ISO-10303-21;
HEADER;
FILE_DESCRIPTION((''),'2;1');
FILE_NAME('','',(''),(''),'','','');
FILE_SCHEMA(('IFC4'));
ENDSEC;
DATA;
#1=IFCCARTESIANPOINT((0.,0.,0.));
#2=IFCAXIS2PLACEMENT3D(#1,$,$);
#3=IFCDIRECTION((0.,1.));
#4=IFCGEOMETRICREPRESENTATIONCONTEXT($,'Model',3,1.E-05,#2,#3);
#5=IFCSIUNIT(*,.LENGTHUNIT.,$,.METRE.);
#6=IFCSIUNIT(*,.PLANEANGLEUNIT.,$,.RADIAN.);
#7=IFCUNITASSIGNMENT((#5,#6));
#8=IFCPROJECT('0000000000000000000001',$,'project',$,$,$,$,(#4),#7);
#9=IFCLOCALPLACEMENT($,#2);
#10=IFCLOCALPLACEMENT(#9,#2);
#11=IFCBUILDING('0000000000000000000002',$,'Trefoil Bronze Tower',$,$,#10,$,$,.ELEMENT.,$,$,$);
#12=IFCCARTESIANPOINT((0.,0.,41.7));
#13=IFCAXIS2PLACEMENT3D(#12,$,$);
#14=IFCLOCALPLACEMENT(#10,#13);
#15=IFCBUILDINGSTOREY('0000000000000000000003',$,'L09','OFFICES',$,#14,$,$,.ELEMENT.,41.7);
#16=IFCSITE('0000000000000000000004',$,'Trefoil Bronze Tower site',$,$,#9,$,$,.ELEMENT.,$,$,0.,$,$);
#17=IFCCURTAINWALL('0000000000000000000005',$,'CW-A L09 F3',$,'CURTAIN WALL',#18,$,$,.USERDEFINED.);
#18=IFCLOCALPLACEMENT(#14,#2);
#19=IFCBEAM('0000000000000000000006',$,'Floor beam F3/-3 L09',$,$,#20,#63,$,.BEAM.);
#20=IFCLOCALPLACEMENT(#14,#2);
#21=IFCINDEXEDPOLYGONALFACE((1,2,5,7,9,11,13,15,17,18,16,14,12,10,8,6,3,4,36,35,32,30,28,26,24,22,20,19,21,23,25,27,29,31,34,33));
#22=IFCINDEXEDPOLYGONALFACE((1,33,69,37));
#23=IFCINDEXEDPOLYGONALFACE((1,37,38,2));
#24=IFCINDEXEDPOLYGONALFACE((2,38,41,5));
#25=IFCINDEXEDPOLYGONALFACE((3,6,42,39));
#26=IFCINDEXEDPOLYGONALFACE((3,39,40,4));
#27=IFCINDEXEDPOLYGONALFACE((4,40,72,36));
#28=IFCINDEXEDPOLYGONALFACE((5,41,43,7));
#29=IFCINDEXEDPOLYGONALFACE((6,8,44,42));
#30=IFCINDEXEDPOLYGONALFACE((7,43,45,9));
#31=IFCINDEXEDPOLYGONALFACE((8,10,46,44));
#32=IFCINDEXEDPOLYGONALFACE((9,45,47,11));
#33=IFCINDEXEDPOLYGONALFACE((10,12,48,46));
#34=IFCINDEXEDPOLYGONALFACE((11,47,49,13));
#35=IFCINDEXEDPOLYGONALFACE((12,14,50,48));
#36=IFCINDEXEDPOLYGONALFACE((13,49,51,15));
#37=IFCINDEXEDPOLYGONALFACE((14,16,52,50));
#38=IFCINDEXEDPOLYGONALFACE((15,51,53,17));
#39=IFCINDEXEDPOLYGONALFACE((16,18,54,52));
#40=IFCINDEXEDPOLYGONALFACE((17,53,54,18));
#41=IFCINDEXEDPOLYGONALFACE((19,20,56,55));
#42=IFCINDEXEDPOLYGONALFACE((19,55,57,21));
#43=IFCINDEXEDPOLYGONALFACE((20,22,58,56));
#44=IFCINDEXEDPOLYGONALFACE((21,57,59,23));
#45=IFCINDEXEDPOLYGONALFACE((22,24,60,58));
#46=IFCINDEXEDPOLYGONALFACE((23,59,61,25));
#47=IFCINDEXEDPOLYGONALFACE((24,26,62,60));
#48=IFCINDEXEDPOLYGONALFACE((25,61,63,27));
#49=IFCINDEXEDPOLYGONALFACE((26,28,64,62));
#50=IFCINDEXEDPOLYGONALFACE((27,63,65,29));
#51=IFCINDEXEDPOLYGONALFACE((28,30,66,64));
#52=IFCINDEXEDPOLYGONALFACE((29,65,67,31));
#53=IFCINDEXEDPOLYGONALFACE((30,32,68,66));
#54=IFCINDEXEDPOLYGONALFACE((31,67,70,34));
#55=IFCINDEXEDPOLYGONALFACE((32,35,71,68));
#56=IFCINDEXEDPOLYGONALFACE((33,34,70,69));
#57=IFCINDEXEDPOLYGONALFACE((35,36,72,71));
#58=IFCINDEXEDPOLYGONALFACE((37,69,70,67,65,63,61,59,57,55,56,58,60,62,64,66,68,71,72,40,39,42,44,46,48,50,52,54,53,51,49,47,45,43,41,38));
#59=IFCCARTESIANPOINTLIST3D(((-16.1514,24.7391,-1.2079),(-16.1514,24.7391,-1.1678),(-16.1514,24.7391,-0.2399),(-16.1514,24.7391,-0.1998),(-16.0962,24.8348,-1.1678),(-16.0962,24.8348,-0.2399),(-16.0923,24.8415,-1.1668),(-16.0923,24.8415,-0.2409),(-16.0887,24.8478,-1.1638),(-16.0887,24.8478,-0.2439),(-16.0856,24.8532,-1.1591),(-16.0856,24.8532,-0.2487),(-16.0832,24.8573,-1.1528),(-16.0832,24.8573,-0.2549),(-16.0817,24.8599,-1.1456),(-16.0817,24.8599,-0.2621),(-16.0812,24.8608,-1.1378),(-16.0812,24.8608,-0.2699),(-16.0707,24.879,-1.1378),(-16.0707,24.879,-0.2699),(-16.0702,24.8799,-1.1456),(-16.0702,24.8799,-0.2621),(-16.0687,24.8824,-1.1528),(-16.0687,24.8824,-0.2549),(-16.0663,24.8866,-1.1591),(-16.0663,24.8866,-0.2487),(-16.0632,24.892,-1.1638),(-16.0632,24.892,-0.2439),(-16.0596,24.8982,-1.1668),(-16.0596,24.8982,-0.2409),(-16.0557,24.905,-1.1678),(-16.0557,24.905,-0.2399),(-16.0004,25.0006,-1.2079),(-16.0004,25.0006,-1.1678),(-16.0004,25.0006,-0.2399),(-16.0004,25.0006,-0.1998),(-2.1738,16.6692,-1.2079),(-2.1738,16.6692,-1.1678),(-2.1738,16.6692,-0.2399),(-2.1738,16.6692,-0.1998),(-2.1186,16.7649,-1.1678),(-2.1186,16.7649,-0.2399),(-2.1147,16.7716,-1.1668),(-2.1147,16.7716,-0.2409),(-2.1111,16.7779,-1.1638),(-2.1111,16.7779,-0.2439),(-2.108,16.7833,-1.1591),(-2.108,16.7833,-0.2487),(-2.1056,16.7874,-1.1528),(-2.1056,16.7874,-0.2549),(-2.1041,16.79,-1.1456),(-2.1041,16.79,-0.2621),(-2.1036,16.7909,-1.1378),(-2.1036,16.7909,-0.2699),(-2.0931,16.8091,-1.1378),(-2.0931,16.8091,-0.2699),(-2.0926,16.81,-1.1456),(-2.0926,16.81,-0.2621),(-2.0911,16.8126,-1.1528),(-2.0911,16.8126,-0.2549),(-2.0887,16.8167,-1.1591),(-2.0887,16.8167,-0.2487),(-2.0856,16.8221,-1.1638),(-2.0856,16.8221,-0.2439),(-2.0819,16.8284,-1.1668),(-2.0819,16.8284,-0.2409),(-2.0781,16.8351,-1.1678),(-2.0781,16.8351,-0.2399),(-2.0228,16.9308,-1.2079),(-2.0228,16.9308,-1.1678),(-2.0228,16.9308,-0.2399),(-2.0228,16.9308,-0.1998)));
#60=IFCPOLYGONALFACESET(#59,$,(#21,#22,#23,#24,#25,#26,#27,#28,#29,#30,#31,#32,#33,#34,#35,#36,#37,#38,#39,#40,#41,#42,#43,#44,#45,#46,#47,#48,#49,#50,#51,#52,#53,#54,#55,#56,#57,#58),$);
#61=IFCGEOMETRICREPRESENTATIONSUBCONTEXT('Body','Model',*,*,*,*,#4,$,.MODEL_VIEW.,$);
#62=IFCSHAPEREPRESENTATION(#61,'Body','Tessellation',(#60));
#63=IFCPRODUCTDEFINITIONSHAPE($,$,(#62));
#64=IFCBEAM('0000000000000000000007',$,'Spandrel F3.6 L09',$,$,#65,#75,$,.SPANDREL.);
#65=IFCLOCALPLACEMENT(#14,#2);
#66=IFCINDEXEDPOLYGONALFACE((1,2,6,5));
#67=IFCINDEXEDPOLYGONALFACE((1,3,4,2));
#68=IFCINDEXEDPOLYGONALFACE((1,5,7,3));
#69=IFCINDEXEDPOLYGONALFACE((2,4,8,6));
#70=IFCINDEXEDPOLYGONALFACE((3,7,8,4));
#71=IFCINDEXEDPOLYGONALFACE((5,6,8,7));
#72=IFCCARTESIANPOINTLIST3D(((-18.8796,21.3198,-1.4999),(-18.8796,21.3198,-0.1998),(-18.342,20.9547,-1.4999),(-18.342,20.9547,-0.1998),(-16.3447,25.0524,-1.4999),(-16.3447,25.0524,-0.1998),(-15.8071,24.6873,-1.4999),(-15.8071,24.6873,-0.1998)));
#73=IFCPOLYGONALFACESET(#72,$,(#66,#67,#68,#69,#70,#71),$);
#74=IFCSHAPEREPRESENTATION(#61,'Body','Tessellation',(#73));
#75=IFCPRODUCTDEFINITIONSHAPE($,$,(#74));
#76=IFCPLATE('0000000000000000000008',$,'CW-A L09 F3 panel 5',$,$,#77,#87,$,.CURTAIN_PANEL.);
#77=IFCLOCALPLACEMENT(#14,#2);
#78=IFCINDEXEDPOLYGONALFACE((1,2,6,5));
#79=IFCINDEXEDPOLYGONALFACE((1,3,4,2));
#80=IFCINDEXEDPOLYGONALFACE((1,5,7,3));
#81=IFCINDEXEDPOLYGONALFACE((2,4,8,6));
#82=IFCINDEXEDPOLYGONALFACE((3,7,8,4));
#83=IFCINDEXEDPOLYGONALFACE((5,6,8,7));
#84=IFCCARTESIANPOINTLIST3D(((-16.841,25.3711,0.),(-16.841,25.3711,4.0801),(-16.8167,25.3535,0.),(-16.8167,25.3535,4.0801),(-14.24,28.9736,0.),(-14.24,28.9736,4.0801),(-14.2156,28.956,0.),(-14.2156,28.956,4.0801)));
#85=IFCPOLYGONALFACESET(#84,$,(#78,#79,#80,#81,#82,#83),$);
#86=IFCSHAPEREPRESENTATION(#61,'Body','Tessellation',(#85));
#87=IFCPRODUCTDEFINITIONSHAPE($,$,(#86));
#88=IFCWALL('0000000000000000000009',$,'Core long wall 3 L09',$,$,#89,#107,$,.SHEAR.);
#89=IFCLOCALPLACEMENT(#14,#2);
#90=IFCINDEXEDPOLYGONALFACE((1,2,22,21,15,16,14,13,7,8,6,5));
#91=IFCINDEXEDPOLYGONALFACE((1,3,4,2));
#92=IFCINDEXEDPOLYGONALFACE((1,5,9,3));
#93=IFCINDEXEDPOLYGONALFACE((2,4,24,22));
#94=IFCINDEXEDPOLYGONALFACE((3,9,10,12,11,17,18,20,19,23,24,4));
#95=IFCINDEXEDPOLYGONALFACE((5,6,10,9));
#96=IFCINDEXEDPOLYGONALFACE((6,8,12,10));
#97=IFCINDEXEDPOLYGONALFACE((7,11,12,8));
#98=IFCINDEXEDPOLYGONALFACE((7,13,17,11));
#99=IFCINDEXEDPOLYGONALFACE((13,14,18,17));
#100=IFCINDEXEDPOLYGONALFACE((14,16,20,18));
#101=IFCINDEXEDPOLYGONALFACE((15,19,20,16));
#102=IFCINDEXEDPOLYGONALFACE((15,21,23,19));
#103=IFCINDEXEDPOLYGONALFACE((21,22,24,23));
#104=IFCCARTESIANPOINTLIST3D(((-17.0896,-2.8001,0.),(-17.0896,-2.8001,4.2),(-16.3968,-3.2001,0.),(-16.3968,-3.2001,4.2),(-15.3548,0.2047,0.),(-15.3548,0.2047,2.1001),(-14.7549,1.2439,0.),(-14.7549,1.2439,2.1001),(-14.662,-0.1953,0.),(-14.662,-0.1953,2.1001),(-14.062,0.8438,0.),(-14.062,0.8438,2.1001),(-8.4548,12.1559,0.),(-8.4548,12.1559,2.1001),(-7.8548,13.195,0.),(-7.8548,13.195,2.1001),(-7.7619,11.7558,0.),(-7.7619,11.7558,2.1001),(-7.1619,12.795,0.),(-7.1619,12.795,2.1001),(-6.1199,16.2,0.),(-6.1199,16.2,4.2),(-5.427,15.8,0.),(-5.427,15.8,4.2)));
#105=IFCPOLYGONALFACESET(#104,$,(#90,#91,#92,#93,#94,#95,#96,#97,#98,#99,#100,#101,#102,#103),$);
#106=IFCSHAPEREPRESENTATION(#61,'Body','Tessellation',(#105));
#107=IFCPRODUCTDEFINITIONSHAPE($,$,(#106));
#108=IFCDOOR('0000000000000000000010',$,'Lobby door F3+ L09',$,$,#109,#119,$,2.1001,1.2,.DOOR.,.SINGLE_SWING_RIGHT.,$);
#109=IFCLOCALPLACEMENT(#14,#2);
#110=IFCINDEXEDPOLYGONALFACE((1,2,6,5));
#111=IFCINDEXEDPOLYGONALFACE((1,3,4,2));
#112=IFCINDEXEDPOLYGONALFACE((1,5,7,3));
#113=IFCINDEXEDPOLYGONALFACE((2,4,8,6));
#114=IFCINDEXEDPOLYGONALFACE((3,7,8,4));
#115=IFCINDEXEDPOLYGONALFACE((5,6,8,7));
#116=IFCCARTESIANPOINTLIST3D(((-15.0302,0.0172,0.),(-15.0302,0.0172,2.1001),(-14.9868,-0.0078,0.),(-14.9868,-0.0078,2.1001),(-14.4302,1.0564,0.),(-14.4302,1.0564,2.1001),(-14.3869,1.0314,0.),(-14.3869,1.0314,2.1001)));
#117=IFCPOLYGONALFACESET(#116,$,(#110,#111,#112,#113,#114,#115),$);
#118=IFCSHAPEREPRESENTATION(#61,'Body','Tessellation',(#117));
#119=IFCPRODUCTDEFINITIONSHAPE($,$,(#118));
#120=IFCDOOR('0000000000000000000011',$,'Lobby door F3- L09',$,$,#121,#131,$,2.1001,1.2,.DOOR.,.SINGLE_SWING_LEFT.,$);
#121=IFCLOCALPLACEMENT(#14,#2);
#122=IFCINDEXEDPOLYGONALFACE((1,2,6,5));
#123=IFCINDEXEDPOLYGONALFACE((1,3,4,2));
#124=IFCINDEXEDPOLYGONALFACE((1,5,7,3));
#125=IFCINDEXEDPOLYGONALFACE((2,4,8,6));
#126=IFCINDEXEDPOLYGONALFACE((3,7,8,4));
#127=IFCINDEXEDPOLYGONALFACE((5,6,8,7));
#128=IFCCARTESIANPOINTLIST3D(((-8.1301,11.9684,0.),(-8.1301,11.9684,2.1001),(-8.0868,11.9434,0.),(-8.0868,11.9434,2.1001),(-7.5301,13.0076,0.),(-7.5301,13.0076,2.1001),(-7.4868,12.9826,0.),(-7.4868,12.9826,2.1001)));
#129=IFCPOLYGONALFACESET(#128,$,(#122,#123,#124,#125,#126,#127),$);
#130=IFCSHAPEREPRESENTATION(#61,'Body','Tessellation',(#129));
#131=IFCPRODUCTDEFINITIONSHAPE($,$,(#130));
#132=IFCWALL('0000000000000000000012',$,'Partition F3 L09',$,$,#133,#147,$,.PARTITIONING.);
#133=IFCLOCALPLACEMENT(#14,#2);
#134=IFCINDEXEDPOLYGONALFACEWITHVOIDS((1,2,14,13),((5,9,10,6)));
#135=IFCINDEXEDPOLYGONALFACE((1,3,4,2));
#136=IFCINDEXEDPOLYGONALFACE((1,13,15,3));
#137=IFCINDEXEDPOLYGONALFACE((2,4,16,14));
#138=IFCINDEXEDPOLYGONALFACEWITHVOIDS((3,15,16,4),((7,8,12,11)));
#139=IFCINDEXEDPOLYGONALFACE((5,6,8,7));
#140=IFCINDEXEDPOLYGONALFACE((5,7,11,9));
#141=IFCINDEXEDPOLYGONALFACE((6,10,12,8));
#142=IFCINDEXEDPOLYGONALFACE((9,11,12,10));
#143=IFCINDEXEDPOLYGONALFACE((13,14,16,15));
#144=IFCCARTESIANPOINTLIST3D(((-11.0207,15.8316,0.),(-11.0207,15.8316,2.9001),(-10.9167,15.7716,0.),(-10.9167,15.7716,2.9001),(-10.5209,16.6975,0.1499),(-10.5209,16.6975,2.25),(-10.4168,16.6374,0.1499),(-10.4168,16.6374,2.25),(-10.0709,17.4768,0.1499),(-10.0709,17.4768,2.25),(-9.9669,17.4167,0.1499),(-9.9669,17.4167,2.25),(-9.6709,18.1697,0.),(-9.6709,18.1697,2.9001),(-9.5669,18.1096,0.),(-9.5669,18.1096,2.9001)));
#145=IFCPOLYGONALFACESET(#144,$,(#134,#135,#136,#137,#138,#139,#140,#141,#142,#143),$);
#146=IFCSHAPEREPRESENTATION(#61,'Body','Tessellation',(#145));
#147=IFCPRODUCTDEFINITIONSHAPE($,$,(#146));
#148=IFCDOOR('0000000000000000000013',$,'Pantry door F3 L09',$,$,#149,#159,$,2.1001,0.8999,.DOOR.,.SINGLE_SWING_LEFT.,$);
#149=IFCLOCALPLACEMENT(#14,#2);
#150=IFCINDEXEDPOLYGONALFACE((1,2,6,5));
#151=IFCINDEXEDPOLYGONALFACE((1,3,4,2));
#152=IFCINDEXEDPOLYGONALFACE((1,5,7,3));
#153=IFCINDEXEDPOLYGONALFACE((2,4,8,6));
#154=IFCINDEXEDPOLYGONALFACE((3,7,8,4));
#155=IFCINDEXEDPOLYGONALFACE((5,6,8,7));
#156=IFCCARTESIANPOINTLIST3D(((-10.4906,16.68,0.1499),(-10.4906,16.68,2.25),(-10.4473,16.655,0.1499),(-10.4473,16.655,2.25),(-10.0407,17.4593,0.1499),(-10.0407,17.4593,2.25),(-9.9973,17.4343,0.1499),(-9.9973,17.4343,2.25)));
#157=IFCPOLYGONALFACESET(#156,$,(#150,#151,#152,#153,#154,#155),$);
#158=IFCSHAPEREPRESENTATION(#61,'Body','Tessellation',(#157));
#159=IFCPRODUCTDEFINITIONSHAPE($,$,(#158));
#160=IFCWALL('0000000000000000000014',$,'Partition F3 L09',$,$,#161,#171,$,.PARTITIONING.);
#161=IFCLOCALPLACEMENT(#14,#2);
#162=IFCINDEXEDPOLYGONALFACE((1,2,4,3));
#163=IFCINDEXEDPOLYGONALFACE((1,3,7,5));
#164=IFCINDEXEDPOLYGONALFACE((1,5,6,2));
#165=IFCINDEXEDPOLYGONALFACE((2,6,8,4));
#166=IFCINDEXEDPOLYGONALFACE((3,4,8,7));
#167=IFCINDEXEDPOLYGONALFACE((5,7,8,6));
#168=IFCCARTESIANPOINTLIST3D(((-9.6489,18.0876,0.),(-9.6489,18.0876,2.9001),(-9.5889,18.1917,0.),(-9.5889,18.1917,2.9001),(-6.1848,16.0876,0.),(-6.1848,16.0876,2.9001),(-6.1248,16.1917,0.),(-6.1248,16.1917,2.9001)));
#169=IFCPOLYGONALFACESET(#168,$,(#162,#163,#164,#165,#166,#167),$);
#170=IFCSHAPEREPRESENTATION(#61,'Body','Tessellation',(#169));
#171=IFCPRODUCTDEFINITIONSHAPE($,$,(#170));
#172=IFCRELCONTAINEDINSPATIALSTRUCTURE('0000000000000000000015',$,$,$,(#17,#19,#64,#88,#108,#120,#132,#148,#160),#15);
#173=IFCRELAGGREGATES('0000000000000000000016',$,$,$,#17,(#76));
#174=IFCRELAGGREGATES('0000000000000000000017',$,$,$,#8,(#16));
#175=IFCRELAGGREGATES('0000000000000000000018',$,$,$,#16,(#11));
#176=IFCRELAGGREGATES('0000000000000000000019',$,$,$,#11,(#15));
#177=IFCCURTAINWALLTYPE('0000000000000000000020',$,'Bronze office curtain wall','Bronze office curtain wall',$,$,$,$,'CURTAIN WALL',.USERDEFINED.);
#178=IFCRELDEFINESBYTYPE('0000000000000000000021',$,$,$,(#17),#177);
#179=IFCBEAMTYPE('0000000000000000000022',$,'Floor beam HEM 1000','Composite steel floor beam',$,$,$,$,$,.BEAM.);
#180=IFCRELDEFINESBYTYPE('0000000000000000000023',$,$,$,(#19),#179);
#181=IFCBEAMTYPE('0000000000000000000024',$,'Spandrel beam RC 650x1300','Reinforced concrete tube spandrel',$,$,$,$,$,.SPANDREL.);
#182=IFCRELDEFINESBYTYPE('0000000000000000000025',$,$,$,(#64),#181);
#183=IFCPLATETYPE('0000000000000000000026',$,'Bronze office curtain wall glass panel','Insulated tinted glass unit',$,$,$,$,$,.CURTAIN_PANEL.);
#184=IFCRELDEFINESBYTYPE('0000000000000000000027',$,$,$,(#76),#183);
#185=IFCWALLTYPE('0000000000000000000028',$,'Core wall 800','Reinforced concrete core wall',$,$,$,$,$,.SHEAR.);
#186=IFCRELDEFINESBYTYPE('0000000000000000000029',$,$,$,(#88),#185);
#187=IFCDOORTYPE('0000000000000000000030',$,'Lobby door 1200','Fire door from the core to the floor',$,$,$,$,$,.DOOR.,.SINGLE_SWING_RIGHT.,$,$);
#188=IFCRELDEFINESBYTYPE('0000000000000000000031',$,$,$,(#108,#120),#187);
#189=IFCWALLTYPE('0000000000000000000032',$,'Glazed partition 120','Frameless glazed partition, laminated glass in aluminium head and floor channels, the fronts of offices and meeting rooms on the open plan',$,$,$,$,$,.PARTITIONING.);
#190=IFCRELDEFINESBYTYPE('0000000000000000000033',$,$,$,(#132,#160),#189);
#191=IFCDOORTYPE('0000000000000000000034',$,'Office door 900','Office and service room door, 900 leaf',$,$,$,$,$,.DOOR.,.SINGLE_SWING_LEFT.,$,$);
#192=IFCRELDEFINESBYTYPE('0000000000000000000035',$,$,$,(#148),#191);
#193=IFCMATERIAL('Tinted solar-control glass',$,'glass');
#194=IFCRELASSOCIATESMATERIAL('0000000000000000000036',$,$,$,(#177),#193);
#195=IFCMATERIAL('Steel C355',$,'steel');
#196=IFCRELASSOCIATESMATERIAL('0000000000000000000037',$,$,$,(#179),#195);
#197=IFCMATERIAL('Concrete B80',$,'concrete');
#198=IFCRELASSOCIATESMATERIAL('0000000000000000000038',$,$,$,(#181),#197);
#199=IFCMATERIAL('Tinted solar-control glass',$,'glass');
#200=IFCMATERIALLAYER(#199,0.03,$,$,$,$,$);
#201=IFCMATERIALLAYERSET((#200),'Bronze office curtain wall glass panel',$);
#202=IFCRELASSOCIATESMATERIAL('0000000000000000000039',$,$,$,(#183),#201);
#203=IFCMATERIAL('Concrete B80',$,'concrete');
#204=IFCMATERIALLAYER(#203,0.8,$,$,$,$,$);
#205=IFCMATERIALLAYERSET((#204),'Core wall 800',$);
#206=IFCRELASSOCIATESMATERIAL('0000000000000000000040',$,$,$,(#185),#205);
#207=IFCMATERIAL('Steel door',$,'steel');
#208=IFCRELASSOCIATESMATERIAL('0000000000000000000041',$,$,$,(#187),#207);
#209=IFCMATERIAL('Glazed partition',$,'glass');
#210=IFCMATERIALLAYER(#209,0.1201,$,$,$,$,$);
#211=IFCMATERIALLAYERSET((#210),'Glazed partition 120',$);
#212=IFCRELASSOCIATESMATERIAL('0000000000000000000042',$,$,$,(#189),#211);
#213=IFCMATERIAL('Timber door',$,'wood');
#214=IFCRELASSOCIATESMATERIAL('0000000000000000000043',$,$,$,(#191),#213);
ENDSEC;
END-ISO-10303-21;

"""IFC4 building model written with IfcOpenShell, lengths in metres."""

from ifc_helpers import new_model, si_unit, direction, frame, frame_2d, origin, origin_2d, place, context, subcontext, project, spatial, rectangle, i_section, extrude, material, layer, layer_set, material_profile, profile_set, type_object, element, fill, aggregate, save


model = new_model("IFC4")

# Units and contexts
model_context = context("Model", 3, precision=1e-05, world=origin(), true_north=direction((0.0, 1.0)))
body_context = subcontext(model_context, "Body", "Model", "MODEL_VIEW")
ifc_project = project(units=[si_unit("LENGTHUNIT", "METRE"), si_unit("PLANEANGLEUNIT", "RADIAN")], contexts=[model_context])

# Site, building, storey
site_placement = place(None, origin())
site = spatial("IfcSite", under=ifc_project, at=site_placement, Name="Trefoil Bronze Tower site", CompositionType="ELEMENT", RefElevation=0.0)
building_placement = place(site_placement, origin())
building = spatial("IfcBuilding", under=site, at=building_placement, Name="Trefoil Bronze Tower", CompositionType="ELEMENT")
storey_placement = place(building_placement, frame((0.0, 0.0, 41.7)))
storey = spatial("IfcBuildingStorey", under=building, at=storey_placement, Name="L09", Description="OFFICES", CompositionType="ELEMENT", Elevation=41.7)

# Curtain wall
ifc_material_1 = material(Name="Tinted solar-control glass", Category="glass")
curtain_wall_type = type_object("IfcCurtainWallType", Name="Bronze office curtain wall", Description="Bronze office curtain wall", ElementType="CURTAIN WALL", PredefinedType="USERDEFINED", material=ifc_material_1)
curtain_wall_placement = place(storey_placement, origin())
curtain_wall = element("IfcCurtainWall", 1, at=curtain_wall_placement, inside=storey, type_object=curtain_wall_type, Name="CW-A L09 F3", ObjectType="CURTAIN WALL", PredefinedType="USERDEFINED")

# Beams
ifc_material_2 = material(Name="Steel C355", Category="steel")
ifc_material_profile_1 = material_profile(ifc_material_2, i_section(OverallWidth=0.302, OverallDepth=1.0081, WebThickness=0.021, FlangeThickness=0.04, FilletRadius=0.03, at=origin_2d()), Name="HEM 1000")
ifc_profile_set_1 = profile_set([ifc_material_profile_1], Name="Steel C355")
beam_type_1 = type_object("IfcBeamType", Name="Floor beam HEM 1000", Description="Composite steel floor beam", PredefinedType="BEAM", material=ifc_profile_set_1)
beam_1_placement = place(storey_placement, frame((-16.0759, 24.8699, -0.7039), z_axis=(0.866028, -0.499995, 0.0), x_axis=(0.499995, 0.866028, 0.0)))
element("IfcBeam", 2, at=beam_1_placement, inside=storey, type_object=beam_type_1, Name="Floor beam F3/-3 L09", PredefinedType="BEAM", context=body_context, shape_type="SweptSolid", body=[
    extrude(i_section(OverallWidth=0.302, OverallDepth=1.0081, WebThickness=0.021, FlangeThickness=0.04, FilletRadius=0.03, at=origin_2d()), origin(), (0.0, 0.0, 1.0), 16.1399),
])
ifc_material_3 = material(Name="Concrete B80", Category="concrete")
ifc_material_profile_2 = material_profile(ifc_material_3, rectangle(XDim=0.6499, YDim=1.3, at=origin_2d()), Name="RC 650x1300")
ifc_profile_set_2 = profile_set([ifc_material_profile_2], Name="Concrete B80")
beam_type_2 = type_object("IfcBeamType", Name="Spandrel beam RC 650x1300", Description="Reinforced concrete tube spandrel", PredefinedType="SPANDREL", material=ifc_profile_set_2)
beam_2_placement = place(storey_placement, frame((-16.0759, 24.8699, -0.8499), z_axis=(-0.56181, -0.827267, 0.0), x_axis=(0.827267, -0.56181, 0.0)))
element("IfcBeam", 3, at=beam_2_placement, inside=storey, type_object=beam_type_2, Name="Spandrel F3.6 L09", PredefinedType="SPANDREL", context=body_context, shape_type="SweptSolid", body=[
    extrude(rectangle(XDim=0.6499, YDim=1.3, at=origin_2d()), origin(), (0.0, 0.0, 1.0), 4.512),
])

# Plate
ifc_material_4 = material(Name="Tinted solar-control glass", Category="glass")
ifc_layer_1 = layer(ifc_material_4, 0.03)
ifc_layer_set_1 = layer_set([ifc_layer_1], Name="Bronze office curtain wall glass panel")
plate_type = type_object("IfcPlateType", Name="Bronze office curtain wall glass panel", Description="Insulated tinted glass unit", PredefinedType="CURTAIN_PANEL", material=ifc_layer_set_1)
plate_placement = place(storey_placement, frame((-15.5283, 27.1636, 0.0), z_axis=(0.0, 0.0, 1.0), x_axis=(-0.585373, -0.810764, 0.0)))
plate = element("IfcPlate", 4, at=plate_placement, type_object=plate_type, Name="CW-A L09 F3 panel 5", PredefinedType="CURTAIN_PANEL", context=body_context, shape_type="SweptSolid", body=[
    extrude(rectangle(XDim=4.4434, YDim=0.03, at=origin_2d()), origin(), (0.0, 0.0, 1.0), 4.0801),
])
aggregate(curtain_wall, [plate])

# Wall, openings, doors
ifc_material_5 = material(Name="Concrete B80", Category="concrete")
ifc_layer_2 = layer(ifc_material_5, 0.8)
ifc_layer_set_2 = layer_set([ifc_layer_2], Name="Core wall 800")
wall_type_1 = type_object("IfcWallType", Name="Core wall 800", Description="Reinforced concrete core wall", PredefinedType="SHEAR", material=ifc_layer_set_2)
wall_1_placement = place(storey_placement, frame((-5.7734, 16.0, 0.0), z_axis=(0.0, 0.0, 1.0), x_axis=(-0.500002, -0.866024, 0.0)))
wall_1 = element("IfcWall", 5, at=wall_1_placement, inside=storey, type_object=wall_type_1, Name="Core long wall 3 L09", PredefinedType="SHEAR", context=body_context, shape_type="SweptSolid", body=[
    extrude(rectangle(XDim=21.9395, YDim=0.8, at=frame_2d((10.9697, 0.0))), origin(), (0.0, 0.0, 1.0), 4.2),
])
opening_1_placement = place(wall_1_placement, frame((17.2698, 0.0, 0.0)))
opening_1 = element("IfcOpeningElement", 6, at=opening_1_placement, cuts=wall_1, PredefinedType="OPENING", context=body_context, shape_type="SweptSolid", body=[
    extrude(rectangle(XDim=1.2, YDim=2.1001, at=frame_2d((0.6001, 1.05))), frame((0.0, 0.4099, 0.0), z_axis=(0.0, -1.0, 0.0), x_axis=(1.0, 0.0, 0.0)), (0.0, 0.0, 1.0), 0.8201),
])
opening_2_placement = place(wall_1_placement, frame((3.4697, 0.0, 0.0)))
opening_2 = element("IfcOpeningElement", 7, at=opening_2_placement, cuts=wall_1, PredefinedType="OPENING", context=body_context, shape_type="SweptSolid", body=[
    extrude(rectangle(XDim=1.2, YDim=2.1001, at=frame_2d((0.6001, 1.05))), frame((0.0, 0.4099, 0.0), z_axis=(0.0, -1.0, 0.0), x_axis=(1.0, 0.0, 0.0)), (0.0, 0.0, 1.0), 0.8201),
])
ifc_material_6 = material(Name="Steel door", Category="steel")
door_type_1 = type_object("IfcDoorType", Name="Lobby door 1200", Description="Fire door from the core to the floor", OperationType="SINGLE_SWING_RIGHT", PredefinedType="DOOR", material=ifc_material_6)
door_1_placement = place(opening_1_placement, origin())
door_1 = element("IfcDoor", 8, at=door_1_placement, inside=storey, type_object=door_type_1, Name="Lobby door F3+ L09", OperationType="SINGLE_SWING_RIGHT", OverallHeight=2.1001, OverallWidth=1.2, PredefinedType="DOOR", context=body_context, shape_type="SweptSolid", body=[
    extrude(rectangle(XDim=1.2, YDim=2.1001, at=frame_2d((0.6001, 1.05))), frame((0.0, 0.0249, 0.0), z_axis=(0.0, -1.0, 0.0), x_axis=(1.0, 0.0, 0.0)), (0.0, 0.0, 1.0), 0.05),
])
fill(opening_1, door_1)
door_2_placement = place(opening_2_placement, origin())
door_2 = element("IfcDoor", 9, at=door_2_placement, inside=storey, type_object=door_type_1, Name="Lobby door F3- L09", OperationType="SINGLE_SWING_LEFT", OverallHeight=2.1001, OverallWidth=1.2, PredefinedType="DOOR", context=body_context, shape_type="SweptSolid", body=[
    extrude(rectangle(XDim=1.2, YDim=2.1001, at=frame_2d((0.6001, 1.05))), frame((0.0, 0.0249, 0.0), z_axis=(0.0, -1.0, 0.0), x_axis=(1.0, 0.0, 0.0)), (0.0, 0.0, 1.0), 0.05),
])
fill(opening_2, door_2)

# Wall, opening, door
ifc_material_7 = material(Name="Glazed partition", Category="glass")
ifc_layer_3 = layer(ifc_material_7, 0.1201)
ifc_layer_set_3 = layer_set([ifc_layer_3], Name="Glazed partition 120")
wall_type_2 = type_object("IfcWallType", Name="Glazed partition 120", Description="Frameless glazed partition, laminated glass in aluminium head and floor channels, the fronts of offices and meeting rooms on the open plan", PredefinedType="PARTITIONING", material=ifc_layer_set_3)
wall_2_placement = place(storey_placement, frame((-9.6189, 18.1396, 0.0), z_axis=(0.0, 0.0, 1.0), x_axis=(-0.499981, -0.866037, 0.0)))
wall_2 = element("IfcWall", 10, at=wall_2_placement, inside=storey, type_object=wall_type_2, Name="Partition F3 L09", PredefinedType="PARTITIONING", context=body_context, shape_type="SweptSolid", body=[
    extrude(rectangle(XDim=2.6997, YDim=0.1201, at=frame_2d((1.3499, 0.0))), origin(), (0.0, 0.0, 1.0), 2.9001),
])
opening_3_placement = place(wall_2_placement, frame((0.8, 0.0, 0.1499)))
opening_3 = element("IfcOpeningElement", 11, at=opening_3_placement, cuts=wall_2, PredefinedType="OPENING", context=body_context, shape_type="SweptSolid", body=[
    extrude(rectangle(XDim=0.8999, YDim=2.1001, at=frame_2d((0.45, 1.05))), frame((0.0, 0.0701, 0.0), z_axis=(0.0, -1.0, 0.0), x_axis=(1.0, 0.0, 0.0)), (0.0, 0.0, 1.0), 0.1401),
])
ifc_material_8 = material(Name="Timber door", Category="wood")
door_type_2 = type_object("IfcDoorType", Name="Office door 900", Description="Office and service room door, 900 leaf", OperationType="SINGLE_SWING_LEFT", PredefinedType="DOOR", material=ifc_material_8)
door_3_placement = place(opening_3_placement, origin())
door_3 = element("IfcDoor", 12, at=door_3_placement, inside=storey, type_object=door_type_2, Name="Pantry door F3 L09", OperationType="SINGLE_SWING_LEFT", OverallHeight=2.1001, OverallWidth=0.8999, PredefinedType="DOOR", context=body_context, shape_type="SweptSolid", body=[
    extrude(rectangle(XDim=0.8999, YDim=2.1001, at=frame_2d((0.45, 1.05))), frame((0.0, 0.0249, 0.0), z_axis=(0.0, -1.0, 0.0), x_axis=(1.0, 0.0, 0.0)), (0.0, 0.0, 1.0), 0.05),
])
fill(opening_3, door_3)

# Wall
wall_3_placement = place(storey_placement, frame((-6.1548, 16.1396, 0.0), z_axis=(0.0, 0.0, 1.0), x_axis=(-0.866026, 0.499999, 0.0)))
element("IfcWall", 13, at=wall_3_placement, inside=storey, type_object=wall_type_2, Name="Partition F3 L09", PredefinedType="PARTITIONING", context=body_context, shape_type="SweptSolid", body=[
    extrude(rectangle(XDim=4.0, YDim=0.1201, at=frame_2d((2.0, 0.0))), origin(), (0.0, 0.0, 1.0), 2.9001),
])

save(model, "model.ifc")
